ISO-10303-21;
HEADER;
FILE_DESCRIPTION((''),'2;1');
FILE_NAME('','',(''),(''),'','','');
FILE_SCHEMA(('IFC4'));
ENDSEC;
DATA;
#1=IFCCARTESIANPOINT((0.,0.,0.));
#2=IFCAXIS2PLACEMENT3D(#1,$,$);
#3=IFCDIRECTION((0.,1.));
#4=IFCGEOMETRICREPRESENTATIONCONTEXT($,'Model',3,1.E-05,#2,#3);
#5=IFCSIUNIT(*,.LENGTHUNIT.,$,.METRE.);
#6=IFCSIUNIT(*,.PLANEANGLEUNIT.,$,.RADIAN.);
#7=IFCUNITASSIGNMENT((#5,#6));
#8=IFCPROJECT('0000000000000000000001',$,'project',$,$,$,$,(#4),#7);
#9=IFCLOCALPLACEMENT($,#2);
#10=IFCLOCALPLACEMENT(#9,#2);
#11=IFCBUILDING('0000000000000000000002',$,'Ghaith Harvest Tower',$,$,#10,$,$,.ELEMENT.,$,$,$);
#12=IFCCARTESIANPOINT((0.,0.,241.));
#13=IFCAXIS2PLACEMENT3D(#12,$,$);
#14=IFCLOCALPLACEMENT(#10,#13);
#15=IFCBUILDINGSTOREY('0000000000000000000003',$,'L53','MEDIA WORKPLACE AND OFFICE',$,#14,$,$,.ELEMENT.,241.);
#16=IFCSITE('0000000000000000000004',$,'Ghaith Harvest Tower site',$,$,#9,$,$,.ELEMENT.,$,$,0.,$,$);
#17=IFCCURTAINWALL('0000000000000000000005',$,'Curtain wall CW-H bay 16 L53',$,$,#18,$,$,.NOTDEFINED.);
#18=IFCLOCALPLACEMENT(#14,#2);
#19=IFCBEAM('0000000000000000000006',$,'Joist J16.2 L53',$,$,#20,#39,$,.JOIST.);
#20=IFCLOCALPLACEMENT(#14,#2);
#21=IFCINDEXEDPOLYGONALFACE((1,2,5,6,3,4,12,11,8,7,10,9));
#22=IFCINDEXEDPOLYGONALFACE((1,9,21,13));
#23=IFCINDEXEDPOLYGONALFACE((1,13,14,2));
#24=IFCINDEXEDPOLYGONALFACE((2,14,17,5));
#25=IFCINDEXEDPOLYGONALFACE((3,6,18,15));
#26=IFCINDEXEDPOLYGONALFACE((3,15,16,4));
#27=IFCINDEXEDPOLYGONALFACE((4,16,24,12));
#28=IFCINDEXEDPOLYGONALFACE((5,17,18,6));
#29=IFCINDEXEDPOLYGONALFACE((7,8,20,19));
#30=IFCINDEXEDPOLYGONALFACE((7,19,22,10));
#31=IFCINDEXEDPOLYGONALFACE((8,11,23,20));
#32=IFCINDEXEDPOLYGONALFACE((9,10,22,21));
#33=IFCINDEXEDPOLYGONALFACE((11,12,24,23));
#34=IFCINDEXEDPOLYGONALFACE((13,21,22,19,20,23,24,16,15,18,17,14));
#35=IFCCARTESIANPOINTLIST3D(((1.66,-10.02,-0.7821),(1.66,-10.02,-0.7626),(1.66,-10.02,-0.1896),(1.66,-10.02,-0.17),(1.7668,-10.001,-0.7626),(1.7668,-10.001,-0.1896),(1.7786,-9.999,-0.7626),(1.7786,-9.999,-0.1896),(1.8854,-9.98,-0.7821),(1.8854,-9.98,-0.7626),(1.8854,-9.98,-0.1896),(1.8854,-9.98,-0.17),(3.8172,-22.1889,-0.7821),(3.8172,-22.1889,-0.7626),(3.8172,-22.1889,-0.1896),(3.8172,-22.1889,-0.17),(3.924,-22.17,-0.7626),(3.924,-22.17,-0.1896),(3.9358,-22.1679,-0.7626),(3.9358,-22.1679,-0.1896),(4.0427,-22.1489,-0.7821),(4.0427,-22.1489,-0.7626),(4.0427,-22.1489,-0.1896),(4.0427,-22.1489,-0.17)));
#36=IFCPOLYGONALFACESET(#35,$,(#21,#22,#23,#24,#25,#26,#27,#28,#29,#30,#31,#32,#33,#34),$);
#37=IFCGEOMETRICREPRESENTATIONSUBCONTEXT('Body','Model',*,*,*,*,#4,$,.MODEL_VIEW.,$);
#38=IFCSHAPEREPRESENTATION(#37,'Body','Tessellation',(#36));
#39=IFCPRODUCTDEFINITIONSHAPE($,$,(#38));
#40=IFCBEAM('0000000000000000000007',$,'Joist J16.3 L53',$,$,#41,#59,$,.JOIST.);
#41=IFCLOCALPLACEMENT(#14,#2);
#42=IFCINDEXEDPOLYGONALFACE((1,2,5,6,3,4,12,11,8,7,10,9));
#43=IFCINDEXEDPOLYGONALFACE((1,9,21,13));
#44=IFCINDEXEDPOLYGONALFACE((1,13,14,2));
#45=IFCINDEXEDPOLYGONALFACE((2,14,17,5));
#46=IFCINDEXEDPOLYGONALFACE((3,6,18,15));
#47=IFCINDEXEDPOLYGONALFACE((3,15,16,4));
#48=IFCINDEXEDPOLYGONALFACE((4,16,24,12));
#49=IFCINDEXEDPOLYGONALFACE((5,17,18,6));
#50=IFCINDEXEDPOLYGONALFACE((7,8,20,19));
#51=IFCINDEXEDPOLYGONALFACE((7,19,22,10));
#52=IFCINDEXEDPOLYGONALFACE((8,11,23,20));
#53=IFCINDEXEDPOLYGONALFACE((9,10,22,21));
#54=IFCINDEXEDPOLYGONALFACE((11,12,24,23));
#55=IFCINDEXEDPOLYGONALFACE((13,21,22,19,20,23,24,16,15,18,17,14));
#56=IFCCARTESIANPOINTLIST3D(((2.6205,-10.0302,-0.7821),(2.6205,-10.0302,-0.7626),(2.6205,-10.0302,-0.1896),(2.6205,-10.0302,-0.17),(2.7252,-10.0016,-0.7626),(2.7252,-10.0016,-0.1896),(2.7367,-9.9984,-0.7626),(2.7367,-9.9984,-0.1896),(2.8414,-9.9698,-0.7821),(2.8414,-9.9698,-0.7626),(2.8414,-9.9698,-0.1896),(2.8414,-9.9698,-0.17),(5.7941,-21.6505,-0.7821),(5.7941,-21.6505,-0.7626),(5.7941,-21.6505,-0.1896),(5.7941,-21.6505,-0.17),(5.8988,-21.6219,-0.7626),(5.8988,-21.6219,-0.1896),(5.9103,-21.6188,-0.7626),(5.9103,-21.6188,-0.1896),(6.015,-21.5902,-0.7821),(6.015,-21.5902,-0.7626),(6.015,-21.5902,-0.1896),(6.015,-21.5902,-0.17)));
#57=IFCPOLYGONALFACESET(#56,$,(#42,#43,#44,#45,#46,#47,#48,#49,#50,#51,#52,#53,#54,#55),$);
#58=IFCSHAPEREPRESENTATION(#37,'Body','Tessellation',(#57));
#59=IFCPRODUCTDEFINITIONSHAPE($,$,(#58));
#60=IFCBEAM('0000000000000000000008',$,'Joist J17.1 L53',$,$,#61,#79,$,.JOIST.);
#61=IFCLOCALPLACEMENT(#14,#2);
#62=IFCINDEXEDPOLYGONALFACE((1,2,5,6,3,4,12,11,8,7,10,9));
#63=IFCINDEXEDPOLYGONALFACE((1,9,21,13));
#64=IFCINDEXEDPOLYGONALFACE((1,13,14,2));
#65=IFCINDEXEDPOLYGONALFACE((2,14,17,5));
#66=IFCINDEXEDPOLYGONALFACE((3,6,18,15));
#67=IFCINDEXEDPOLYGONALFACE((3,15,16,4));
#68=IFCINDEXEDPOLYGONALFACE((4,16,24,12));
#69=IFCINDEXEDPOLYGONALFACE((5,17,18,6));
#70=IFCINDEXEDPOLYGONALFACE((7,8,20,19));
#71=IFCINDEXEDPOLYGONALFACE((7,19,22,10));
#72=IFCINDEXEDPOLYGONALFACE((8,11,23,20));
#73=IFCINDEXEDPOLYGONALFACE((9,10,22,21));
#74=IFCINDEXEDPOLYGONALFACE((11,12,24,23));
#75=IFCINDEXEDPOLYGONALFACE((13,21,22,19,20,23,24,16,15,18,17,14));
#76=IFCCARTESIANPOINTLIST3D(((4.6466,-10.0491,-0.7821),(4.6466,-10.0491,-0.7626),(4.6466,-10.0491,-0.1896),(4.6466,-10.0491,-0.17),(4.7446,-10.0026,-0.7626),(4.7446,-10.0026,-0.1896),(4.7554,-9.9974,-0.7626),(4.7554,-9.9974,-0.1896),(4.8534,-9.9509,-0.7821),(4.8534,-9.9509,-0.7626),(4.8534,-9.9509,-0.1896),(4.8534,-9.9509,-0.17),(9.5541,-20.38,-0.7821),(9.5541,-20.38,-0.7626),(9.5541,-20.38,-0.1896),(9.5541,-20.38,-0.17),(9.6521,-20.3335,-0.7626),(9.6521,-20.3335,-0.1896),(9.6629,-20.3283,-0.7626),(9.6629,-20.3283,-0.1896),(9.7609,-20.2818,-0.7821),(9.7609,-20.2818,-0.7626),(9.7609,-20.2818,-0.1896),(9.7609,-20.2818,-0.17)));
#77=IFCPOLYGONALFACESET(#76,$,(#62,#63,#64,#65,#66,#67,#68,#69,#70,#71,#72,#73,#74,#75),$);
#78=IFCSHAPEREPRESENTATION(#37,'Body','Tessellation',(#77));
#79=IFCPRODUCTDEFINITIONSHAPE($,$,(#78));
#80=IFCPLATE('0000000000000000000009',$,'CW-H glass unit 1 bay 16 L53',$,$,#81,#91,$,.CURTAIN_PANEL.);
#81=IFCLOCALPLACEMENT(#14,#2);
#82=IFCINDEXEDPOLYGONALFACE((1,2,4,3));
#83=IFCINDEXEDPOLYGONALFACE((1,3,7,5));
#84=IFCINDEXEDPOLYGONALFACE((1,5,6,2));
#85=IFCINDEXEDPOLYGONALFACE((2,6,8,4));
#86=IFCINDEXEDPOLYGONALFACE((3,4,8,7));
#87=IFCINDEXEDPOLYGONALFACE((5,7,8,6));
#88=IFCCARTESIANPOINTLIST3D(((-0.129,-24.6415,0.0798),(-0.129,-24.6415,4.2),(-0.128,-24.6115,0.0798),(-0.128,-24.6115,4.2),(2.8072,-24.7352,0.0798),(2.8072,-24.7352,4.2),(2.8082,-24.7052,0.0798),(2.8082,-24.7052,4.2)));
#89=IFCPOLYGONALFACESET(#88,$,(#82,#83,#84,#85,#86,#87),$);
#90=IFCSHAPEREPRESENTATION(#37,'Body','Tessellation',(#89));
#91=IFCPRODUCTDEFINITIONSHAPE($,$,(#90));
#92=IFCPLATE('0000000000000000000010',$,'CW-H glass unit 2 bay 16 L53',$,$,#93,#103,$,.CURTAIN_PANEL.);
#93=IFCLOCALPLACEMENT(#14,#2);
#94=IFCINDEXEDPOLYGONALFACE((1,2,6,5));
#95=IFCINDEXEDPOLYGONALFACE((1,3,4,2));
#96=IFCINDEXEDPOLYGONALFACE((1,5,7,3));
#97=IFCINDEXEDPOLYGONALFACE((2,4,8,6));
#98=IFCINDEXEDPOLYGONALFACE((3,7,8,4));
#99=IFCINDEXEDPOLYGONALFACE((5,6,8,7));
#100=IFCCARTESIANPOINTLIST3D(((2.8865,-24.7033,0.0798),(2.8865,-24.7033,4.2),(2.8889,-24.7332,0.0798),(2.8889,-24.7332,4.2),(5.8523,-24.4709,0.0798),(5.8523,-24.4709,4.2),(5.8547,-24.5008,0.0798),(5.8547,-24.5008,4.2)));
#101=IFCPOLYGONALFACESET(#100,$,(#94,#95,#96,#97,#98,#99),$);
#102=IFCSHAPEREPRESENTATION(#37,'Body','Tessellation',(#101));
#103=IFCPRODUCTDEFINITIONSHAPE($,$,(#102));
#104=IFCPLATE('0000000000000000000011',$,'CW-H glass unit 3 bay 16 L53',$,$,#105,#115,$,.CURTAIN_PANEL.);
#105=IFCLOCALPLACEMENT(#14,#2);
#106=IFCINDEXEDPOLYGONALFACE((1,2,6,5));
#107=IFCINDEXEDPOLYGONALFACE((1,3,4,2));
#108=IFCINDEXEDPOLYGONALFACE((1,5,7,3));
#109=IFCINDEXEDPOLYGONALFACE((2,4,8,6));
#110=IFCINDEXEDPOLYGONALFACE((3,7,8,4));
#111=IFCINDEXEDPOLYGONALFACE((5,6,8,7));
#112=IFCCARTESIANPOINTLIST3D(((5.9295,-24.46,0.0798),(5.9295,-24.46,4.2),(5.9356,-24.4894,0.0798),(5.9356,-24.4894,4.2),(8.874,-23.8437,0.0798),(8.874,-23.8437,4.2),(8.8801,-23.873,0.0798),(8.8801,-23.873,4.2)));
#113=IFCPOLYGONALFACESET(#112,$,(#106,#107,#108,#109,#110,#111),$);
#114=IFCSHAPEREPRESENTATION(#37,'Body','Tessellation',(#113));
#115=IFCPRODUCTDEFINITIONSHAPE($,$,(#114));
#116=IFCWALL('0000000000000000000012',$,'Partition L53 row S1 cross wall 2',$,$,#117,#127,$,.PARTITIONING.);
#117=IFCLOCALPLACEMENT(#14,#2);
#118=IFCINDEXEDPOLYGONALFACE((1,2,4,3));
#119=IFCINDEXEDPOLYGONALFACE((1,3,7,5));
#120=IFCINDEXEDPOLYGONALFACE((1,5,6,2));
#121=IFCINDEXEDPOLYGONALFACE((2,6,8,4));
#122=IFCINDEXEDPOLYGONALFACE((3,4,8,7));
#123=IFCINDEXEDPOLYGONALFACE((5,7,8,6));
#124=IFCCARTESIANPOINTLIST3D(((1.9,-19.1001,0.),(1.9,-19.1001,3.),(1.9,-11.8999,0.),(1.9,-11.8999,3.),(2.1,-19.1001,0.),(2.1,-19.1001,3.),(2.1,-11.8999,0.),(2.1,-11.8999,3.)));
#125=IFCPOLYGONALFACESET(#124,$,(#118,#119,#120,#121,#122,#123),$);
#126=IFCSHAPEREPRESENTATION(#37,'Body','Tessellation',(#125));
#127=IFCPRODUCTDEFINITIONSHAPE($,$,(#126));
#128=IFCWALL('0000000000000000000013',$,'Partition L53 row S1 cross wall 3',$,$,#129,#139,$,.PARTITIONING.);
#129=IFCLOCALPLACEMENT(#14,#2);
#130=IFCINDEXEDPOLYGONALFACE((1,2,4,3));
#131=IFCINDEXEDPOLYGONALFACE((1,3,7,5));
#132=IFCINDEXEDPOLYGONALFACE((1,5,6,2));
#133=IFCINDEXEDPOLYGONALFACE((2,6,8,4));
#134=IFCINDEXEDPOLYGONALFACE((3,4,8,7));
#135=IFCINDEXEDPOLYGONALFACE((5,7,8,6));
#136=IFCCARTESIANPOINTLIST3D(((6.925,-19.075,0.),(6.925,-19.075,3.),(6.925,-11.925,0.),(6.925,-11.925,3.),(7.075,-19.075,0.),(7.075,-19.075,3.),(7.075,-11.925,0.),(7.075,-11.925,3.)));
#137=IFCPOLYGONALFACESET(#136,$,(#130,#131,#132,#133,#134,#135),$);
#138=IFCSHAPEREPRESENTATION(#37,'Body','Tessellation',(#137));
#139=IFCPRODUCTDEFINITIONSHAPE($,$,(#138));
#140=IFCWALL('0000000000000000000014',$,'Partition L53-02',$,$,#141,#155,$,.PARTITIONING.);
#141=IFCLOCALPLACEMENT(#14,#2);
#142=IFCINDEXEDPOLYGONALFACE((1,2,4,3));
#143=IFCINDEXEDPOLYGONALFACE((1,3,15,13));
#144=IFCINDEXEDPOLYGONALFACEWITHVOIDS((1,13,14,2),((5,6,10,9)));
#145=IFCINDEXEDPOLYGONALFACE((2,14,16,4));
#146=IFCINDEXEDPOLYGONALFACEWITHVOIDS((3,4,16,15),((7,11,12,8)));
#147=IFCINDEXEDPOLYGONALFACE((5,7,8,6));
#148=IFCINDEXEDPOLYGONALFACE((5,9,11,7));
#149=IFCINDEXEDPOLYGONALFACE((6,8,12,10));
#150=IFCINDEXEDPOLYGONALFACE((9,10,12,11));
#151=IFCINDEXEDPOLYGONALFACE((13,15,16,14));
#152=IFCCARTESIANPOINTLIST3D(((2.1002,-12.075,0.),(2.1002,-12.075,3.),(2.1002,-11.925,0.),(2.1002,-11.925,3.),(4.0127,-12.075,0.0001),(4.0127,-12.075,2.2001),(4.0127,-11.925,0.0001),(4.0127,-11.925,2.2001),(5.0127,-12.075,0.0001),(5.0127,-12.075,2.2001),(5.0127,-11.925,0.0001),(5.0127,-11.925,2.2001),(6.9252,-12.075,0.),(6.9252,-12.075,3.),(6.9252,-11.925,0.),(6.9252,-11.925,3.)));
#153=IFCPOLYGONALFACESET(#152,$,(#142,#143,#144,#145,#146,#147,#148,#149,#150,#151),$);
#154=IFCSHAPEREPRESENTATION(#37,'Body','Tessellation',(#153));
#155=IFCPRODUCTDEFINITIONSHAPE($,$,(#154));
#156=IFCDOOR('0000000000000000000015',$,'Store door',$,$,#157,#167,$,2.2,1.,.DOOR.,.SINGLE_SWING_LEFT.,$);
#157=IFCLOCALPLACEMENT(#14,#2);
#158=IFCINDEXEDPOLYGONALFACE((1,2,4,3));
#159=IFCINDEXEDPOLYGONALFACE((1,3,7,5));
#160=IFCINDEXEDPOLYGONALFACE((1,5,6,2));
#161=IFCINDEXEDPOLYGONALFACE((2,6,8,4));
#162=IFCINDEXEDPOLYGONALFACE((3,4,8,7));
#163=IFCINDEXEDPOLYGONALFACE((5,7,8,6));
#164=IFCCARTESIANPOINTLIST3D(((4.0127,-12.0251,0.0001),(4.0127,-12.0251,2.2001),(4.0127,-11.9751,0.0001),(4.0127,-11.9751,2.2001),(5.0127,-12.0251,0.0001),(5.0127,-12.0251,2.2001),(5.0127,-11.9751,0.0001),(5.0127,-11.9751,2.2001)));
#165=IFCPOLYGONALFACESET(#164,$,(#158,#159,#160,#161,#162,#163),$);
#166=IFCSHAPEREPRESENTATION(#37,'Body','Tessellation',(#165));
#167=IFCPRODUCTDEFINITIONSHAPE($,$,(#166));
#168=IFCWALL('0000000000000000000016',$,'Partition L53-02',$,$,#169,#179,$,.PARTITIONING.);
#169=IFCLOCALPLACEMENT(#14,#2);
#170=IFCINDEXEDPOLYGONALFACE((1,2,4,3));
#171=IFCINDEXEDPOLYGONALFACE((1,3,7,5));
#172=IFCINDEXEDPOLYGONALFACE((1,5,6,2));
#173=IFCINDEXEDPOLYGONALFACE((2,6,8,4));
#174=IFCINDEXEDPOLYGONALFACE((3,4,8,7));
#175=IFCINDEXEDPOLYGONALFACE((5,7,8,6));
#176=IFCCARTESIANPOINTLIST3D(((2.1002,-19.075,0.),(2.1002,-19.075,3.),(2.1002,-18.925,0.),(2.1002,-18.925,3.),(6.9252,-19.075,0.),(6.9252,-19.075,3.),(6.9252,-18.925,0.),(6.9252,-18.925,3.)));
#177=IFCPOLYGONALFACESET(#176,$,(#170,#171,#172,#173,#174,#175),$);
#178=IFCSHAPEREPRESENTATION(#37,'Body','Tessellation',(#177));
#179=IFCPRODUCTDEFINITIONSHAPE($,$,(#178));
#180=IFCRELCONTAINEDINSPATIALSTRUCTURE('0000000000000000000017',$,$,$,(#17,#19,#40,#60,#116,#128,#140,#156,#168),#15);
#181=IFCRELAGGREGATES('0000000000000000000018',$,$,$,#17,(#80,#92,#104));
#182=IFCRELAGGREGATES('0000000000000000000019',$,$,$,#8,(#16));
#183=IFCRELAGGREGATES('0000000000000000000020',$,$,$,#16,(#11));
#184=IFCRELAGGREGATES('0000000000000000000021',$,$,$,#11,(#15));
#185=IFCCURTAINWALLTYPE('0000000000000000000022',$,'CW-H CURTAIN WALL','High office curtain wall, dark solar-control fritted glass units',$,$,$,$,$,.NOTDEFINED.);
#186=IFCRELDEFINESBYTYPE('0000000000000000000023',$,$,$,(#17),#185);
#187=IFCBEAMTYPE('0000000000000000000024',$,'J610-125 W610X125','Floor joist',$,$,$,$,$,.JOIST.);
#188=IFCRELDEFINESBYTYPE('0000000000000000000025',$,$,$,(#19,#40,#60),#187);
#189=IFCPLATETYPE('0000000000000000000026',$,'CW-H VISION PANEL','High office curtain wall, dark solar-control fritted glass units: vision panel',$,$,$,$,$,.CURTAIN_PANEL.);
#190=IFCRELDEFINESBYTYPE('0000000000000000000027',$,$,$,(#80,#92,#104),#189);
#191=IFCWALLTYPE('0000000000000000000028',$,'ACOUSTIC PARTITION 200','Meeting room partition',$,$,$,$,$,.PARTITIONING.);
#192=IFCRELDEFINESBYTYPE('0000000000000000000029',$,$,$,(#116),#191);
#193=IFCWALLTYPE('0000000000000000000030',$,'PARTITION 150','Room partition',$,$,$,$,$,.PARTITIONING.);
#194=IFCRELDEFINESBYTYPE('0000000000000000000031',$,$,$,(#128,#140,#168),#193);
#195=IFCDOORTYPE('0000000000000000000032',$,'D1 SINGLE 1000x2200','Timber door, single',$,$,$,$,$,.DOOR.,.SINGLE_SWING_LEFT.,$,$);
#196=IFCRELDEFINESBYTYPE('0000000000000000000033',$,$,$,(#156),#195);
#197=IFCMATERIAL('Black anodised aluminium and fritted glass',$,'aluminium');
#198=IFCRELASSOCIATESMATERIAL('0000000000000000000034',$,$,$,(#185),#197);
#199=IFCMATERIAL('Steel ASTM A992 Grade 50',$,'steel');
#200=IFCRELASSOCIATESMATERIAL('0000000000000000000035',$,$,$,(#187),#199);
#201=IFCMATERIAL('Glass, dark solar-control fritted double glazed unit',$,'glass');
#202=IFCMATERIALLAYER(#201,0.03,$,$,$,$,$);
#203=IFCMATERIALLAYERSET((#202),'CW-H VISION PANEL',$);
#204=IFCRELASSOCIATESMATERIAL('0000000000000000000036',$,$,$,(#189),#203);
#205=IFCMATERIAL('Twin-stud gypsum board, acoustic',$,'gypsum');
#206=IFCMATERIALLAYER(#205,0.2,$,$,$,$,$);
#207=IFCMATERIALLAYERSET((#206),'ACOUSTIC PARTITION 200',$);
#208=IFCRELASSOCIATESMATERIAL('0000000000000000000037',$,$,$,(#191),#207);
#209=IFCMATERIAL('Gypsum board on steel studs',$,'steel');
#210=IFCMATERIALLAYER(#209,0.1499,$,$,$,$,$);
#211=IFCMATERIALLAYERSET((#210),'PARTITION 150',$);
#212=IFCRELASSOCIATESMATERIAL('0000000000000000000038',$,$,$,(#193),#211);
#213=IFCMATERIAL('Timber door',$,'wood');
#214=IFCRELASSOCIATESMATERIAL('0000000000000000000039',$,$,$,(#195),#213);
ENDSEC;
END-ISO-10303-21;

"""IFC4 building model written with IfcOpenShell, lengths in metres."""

from ifc_helpers import new_model, si_unit, direction, frame, frame_2d, origin, origin_2d, place, context, subcontext, project, spatial, rectangle, i_section, extrude, material, layer, layer_set, material_profile, profile_set, type_object, element, fill, aggregate, save


model = new_model("IFC4")

# Units and contexts
model_context = context("Model", 3, precision=1e-05, world=origin(), true_north=direction((0.0, 1.0)))
body_context = subcontext(model_context, "Body", "Model", "MODEL_VIEW")
ifc_project = project(units=[si_unit("LENGTHUNIT", "METRE"), si_unit("PLANEANGLEUNIT", "RADIAN")], contexts=[model_context])

# Site, building, storey
site_placement = place(None, origin())
site = spatial("IfcSite", under=ifc_project, at=site_placement, Name="Ghaith Harvest Tower site", CompositionType="ELEMENT", RefElevation=0.0)
building_placement = place(site_placement, origin())
building = spatial("IfcBuilding", under=site, at=building_placement, Name="Ghaith Harvest Tower", CompositionType="ELEMENT")
storey_placement = place(building_placement, frame((0.0, 0.0, 241.0)))
storey = spatial("IfcBuildingStorey", under=building, at=storey_placement, Name="L53", Description="MEDIA WORKPLACE AND OFFICE", CompositionType="ELEMENT", Elevation=241.0)

# Curtain wall
ifc_material_1 = material(Name="Black anodised aluminium and fritted glass", Category="aluminium")
curtain_wall_type = type_object("IfcCurtainWallType", Name="CW-H CURTAIN WALL", Description="High office curtain wall, dark solar-control fritted glass units", PredefinedType="NOTDEFINED", material=ifc_material_1)
curtain_wall_1_placement = place(storey_placement, origin())
curtain_wall_1 = element("IfcCurtainWall", 1, at=curtain_wall_1_placement, inside=storey, type_object=curtain_wall_type, Name="Curtain wall CW-H bay 16 L53", PredefinedType="NOTDEFINED")

# Beams
ifc_material_2 = material(Name="Steel ASTM A992 Grade 50", Category="steel")
ifc_material_profile_1 = material_profile(ifc_material_2, i_section(OverallWidth=0.229, OverallDepth=0.6121, WebThickness=0.012, FlangeThickness=0.0195, at=origin_2d()), Name="W610X125")
ifc_profile_set_1 = profile_set([ifc_material_profile_1], Name="Steel ASTM A992 Grade 50")
beam_type_1 = type_object("IfcBeamType", Name="J610-125 W610X125", Description="Floor joist", PredefinedType="JOIST", material=ifc_profile_set_1)
beam_1_placement = place(storey_placement, frame((1.7727, -10.0, -0.4761), z_axis=(0.174552, -0.984648, 0.0), x_axis=(0.984648, 0.174552, 0.0)))
element("IfcBeam", 2, at=beam_1_placement, inside=storey, type_object=beam_type_1, Name="Joist J16.2 L53", PredefinedType="JOIST", context=body_context, shape_type="SweptSolid", body=[
    extrude(i_section(OverallWidth=0.229, OverallDepth=0.6121, WebThickness=0.012, FlangeThickness=0.0195, at=origin_2d()), origin(), (0.0, 0.0, 1.0), 12.3586),
])
beam_2_placement = place(storey_placement, frame((2.731, -10.0, -0.4761), z_axis=(0.263457, -0.964671, 0.0), x_axis=(0.964671, 0.263457, 0.0)))
element("IfcBeam", 3, at=beam_2_placement, inside=storey, type_object=beam_type_1, Name="Joist J16.3 L53", PredefinedType="JOIST", context=body_context, shape_type="SweptSolid", body=[
    extrude(i_section(OverallWidth=0.229, OverallDepth=0.6121, WebThickness=0.012, FlangeThickness=0.0195, at=origin_2d()), origin(), (0.0, 0.0, 1.0), 12.0459),
])
beam_3_placement = place(storey_placement, frame((4.75, -10.0, -0.4761), z_axis=(0.429081, -0.903266, 0.0), x_axis=(0.903266, 0.429081, 0.0)))
element("IfcBeam", 4, at=beam_3_placement, inside=storey, type_object=beam_type_1, Name="Joist J17.1 L53", PredefinedType="JOIST", context=body_context, shape_type="SweptSolid", body=[
    extrude(i_section(OverallWidth=0.229, OverallDepth=0.6121, WebThickness=0.012, FlangeThickness=0.0195, at=origin_2d()), origin(), (0.0, 0.0, 1.0), 11.4373),
])

# Plates
ifc_material_3 = material(Name="Glass, dark solar-control fritted double glazed unit", Category="glass")
ifc_layer_1 = layer(ifc_material_3, 0.03)
ifc_layer_set_1 = layer_set([ifc_layer_1], Name="CW-H VISION PANEL")
plate_type = type_object("IfcPlateType", Name="CW-H VISION PANEL", Description="High office curtain wall, dark solar-control fritted glass units: vision panel", PredefinedType="CURTAIN_PANEL", material=ifc_layer_set_1)
plate_1_placement = place(storey_placement, frame((1.3396, -24.6733, 0.0798), z_axis=(0.0, 0.0, 1.0), x_axis=(0.999491, -0.031894, 0.0)))
plate_1 = element("IfcPlate", 5, at=plate_1_placement, type_object=plate_type, Name="CW-H glass unit 1 bay 16 L53", PredefinedType="CURTAIN_PANEL", context=body_context, shape_type="SweptSolid", body=[
    extrude(rectangle(XDim=2.9377, YDim=0.03, at=origin_2d()), origin(), (0.0, 0.0, 1.0), 4.1201),
])
plate_2_placement = place(storey_placement, frame((4.3706, -24.6021, 0.0798), z_axis=(0.0, 0.0, 1.0), x_axis=(0.996945, 0.078101, 0.0)))
plate_2 = element("IfcPlate", 6, at=plate_2_placement, type_object=plate_type, Name="CW-H glass unit 2 bay 16 L53", PredefinedType="CURTAIN_PANEL", context=body_context, shape_type="SweptSolid", body=[
    extrude(rectangle(XDim=2.9749, YDim=0.03, at=origin_2d()), origin(), (0.0, 0.0, 1.0), 4.1201),
])
plate_3_placement = place(storey_placement, frame((7.4048, -24.1665, 0.0798), z_axis=(0.0, 0.0, 1.0), x_axis=(0.978789, 0.204872, 0.0)))
plate_3 = element("IfcPlate", 7, at=plate_3_placement, type_object=plate_type, Name="CW-H glass unit 3 bay 16 L53", PredefinedType="CURTAIN_PANEL", context=body_context, shape_type="SweptSolid", body=[
    extrude(rectangle(XDim=3.0083, YDim=0.03, at=origin_2d()), origin(), (0.0, 0.0, 1.0), 4.1201),
])
aggregate(curtain_wall_1, [plate_1, plate_2, plate_3])

# Walls
ifc_material_4 = material(Name="Twin-stud gypsum board, acoustic", Category="gypsum")
ifc_layer_2 = layer(ifc_material_4, 0.2)
ifc_layer_set_2 = layer_set([ifc_layer_2], Name="ACOUSTIC PARTITION 200")
wall_type_1 = type_object("IfcWallType", Name="ACOUSTIC PARTITION 200", Description="Meeting room partition", PredefinedType="PARTITIONING", material=ifc_layer_set_2)
wall_1_placement = place(storey_placement, frame((2.0, -11.8999, 0.0), z_axis=(0.0, 0.0, 1.0), x_axis=(0.0, -1.0, 0.0)))
element("IfcWall", 8, at=wall_1_placement, inside=storey, type_object=wall_type_1, Name="Partition L53 row S1 cross wall 2", PredefinedType="PARTITIONING", context=body_context, shape_type="SweptSolid", body=[
    extrude(rectangle(XDim=7.2002, YDim=0.2, at=frame_2d((3.6001, 0.0))), origin(), (0.0, 0.0, 1.0), 3.0),
])
ifc_material_5 = material(Name="Gypsum board on steel studs", Category="steel")
ifc_layer_3 = layer(ifc_material_5, 0.1499)
ifc_layer_set_3 = layer_set([ifc_layer_3], Name="PARTITION 150")
wall_type_2 = type_object("IfcWallType", Name="PARTITION 150", Description="Room partition", PredefinedType="PARTITIONING", material=ifc_layer_set_3)
wall_2_placement = place(storey_placement, frame((7.0, -11.925, 0.0), z_axis=(0.0, 0.0, 1.0), x_axis=(0.0, -1.0, 0.0)))
element("IfcWall", 9, at=wall_2_placement, inside=storey, type_object=wall_type_2, Name="Partition L53 row S1 cross wall 3", PredefinedType="PARTITIONING", context=body_context, shape_type="SweptSolid", body=[
    extrude(rectangle(XDim=7.1499, YDim=0.1499, at=frame_2d((3.575, 0.0))), origin(), (0.0, 0.0, 1.0), 3.0),
])

# Wall, opening, door
wall_3_placement = place(storey_placement, frame((2.1001, -12.0, 0.0), z_axis=(0.0, 0.0, 1.0), x_axis=(1.0, 0.0, 0.0)))
wall_3 = element("IfcWall", 10, at=wall_3_placement, inside=storey, type_object=wall_type_2, Name="Partition L53-02", PredefinedType="PARTITIONING", context=body_context, shape_type="SweptSolid", body=[
    extrude(rectangle(XDim=4.825, YDim=0.1499, at=frame_2d((2.4126, 0.0))), origin(), (0.0, 0.0, 1.0), 3.0),
])
opening_1_placement = place(wall_3_placement, frame((1.9126, 0.0, 0.0)))
opening_1 = element("IfcOpeningElement", 11, at=opening_1_placement, cuts=wall_3, PredefinedType="OPENING", context=body_context, shape_type="SweptSolid", body=[
    extrude(rectangle(XDim=1.0, YDim=2.2, at=frame_2d((0.5, 1.1001))), frame((0.0, 0.085, 0.0), z_axis=(0.0, -1.0, 0.0), x_axis=(1.0, 0.0, 0.0)), (0.0, 0.0, 1.0), 0.1699),
])
ifc_material_6 = material(Name="Timber door", Category="wood")
door_type_1 = type_object("IfcDoorType", Name="D1 SINGLE 1000x2200", Description="Timber door, single", OperationType="SINGLE_SWING_LEFT", PredefinedType="DOOR", material=ifc_material_6)
door_1_placement = place(opening_1_placement, origin())
door_1 = element("IfcDoor", 12, at=door_1_placement, inside=storey, type_object=door_type_1, Name="Store door", OperationType="SINGLE_SWING_LEFT", OverallHeight=2.2, OverallWidth=1.0, PredefinedType="DOOR", context=body_context, shape_type="SweptSolid", body=[
    extrude(rectangle(XDim=1.0, YDim=2.2, at=frame_2d((0.5, 1.1001))), frame((0.0, 0.0249, 0.0), z_axis=(0.0, -1.0, 0.0), x_axis=(1.0, 0.0, 0.0)), (0.0, 0.0, 1.0), 0.05),
])
fill(opening_1, door_1)

# Wall
wall_4_placement = place(storey_placement, frame((2.1001, -19.0, 0.0), z_axis=(0.0, 0.0, 1.0), x_axis=(1.0, 0.0, 0.0)))
element("IfcWall", 13, at=wall_4_placement, inside=storey, type_object=wall_type_2, Name="Partition L53-02", PredefinedType="PARTITIONING", context=body_context, shape_type="SweptSolid", body=[
    extrude(rectangle(XDim=4.825, YDim=0.1499, at=frame_2d((2.4126, 0.0))), origin(), (0.0, 0.0, 1.0), 3.0),
])

save(model, "model.ifc")
